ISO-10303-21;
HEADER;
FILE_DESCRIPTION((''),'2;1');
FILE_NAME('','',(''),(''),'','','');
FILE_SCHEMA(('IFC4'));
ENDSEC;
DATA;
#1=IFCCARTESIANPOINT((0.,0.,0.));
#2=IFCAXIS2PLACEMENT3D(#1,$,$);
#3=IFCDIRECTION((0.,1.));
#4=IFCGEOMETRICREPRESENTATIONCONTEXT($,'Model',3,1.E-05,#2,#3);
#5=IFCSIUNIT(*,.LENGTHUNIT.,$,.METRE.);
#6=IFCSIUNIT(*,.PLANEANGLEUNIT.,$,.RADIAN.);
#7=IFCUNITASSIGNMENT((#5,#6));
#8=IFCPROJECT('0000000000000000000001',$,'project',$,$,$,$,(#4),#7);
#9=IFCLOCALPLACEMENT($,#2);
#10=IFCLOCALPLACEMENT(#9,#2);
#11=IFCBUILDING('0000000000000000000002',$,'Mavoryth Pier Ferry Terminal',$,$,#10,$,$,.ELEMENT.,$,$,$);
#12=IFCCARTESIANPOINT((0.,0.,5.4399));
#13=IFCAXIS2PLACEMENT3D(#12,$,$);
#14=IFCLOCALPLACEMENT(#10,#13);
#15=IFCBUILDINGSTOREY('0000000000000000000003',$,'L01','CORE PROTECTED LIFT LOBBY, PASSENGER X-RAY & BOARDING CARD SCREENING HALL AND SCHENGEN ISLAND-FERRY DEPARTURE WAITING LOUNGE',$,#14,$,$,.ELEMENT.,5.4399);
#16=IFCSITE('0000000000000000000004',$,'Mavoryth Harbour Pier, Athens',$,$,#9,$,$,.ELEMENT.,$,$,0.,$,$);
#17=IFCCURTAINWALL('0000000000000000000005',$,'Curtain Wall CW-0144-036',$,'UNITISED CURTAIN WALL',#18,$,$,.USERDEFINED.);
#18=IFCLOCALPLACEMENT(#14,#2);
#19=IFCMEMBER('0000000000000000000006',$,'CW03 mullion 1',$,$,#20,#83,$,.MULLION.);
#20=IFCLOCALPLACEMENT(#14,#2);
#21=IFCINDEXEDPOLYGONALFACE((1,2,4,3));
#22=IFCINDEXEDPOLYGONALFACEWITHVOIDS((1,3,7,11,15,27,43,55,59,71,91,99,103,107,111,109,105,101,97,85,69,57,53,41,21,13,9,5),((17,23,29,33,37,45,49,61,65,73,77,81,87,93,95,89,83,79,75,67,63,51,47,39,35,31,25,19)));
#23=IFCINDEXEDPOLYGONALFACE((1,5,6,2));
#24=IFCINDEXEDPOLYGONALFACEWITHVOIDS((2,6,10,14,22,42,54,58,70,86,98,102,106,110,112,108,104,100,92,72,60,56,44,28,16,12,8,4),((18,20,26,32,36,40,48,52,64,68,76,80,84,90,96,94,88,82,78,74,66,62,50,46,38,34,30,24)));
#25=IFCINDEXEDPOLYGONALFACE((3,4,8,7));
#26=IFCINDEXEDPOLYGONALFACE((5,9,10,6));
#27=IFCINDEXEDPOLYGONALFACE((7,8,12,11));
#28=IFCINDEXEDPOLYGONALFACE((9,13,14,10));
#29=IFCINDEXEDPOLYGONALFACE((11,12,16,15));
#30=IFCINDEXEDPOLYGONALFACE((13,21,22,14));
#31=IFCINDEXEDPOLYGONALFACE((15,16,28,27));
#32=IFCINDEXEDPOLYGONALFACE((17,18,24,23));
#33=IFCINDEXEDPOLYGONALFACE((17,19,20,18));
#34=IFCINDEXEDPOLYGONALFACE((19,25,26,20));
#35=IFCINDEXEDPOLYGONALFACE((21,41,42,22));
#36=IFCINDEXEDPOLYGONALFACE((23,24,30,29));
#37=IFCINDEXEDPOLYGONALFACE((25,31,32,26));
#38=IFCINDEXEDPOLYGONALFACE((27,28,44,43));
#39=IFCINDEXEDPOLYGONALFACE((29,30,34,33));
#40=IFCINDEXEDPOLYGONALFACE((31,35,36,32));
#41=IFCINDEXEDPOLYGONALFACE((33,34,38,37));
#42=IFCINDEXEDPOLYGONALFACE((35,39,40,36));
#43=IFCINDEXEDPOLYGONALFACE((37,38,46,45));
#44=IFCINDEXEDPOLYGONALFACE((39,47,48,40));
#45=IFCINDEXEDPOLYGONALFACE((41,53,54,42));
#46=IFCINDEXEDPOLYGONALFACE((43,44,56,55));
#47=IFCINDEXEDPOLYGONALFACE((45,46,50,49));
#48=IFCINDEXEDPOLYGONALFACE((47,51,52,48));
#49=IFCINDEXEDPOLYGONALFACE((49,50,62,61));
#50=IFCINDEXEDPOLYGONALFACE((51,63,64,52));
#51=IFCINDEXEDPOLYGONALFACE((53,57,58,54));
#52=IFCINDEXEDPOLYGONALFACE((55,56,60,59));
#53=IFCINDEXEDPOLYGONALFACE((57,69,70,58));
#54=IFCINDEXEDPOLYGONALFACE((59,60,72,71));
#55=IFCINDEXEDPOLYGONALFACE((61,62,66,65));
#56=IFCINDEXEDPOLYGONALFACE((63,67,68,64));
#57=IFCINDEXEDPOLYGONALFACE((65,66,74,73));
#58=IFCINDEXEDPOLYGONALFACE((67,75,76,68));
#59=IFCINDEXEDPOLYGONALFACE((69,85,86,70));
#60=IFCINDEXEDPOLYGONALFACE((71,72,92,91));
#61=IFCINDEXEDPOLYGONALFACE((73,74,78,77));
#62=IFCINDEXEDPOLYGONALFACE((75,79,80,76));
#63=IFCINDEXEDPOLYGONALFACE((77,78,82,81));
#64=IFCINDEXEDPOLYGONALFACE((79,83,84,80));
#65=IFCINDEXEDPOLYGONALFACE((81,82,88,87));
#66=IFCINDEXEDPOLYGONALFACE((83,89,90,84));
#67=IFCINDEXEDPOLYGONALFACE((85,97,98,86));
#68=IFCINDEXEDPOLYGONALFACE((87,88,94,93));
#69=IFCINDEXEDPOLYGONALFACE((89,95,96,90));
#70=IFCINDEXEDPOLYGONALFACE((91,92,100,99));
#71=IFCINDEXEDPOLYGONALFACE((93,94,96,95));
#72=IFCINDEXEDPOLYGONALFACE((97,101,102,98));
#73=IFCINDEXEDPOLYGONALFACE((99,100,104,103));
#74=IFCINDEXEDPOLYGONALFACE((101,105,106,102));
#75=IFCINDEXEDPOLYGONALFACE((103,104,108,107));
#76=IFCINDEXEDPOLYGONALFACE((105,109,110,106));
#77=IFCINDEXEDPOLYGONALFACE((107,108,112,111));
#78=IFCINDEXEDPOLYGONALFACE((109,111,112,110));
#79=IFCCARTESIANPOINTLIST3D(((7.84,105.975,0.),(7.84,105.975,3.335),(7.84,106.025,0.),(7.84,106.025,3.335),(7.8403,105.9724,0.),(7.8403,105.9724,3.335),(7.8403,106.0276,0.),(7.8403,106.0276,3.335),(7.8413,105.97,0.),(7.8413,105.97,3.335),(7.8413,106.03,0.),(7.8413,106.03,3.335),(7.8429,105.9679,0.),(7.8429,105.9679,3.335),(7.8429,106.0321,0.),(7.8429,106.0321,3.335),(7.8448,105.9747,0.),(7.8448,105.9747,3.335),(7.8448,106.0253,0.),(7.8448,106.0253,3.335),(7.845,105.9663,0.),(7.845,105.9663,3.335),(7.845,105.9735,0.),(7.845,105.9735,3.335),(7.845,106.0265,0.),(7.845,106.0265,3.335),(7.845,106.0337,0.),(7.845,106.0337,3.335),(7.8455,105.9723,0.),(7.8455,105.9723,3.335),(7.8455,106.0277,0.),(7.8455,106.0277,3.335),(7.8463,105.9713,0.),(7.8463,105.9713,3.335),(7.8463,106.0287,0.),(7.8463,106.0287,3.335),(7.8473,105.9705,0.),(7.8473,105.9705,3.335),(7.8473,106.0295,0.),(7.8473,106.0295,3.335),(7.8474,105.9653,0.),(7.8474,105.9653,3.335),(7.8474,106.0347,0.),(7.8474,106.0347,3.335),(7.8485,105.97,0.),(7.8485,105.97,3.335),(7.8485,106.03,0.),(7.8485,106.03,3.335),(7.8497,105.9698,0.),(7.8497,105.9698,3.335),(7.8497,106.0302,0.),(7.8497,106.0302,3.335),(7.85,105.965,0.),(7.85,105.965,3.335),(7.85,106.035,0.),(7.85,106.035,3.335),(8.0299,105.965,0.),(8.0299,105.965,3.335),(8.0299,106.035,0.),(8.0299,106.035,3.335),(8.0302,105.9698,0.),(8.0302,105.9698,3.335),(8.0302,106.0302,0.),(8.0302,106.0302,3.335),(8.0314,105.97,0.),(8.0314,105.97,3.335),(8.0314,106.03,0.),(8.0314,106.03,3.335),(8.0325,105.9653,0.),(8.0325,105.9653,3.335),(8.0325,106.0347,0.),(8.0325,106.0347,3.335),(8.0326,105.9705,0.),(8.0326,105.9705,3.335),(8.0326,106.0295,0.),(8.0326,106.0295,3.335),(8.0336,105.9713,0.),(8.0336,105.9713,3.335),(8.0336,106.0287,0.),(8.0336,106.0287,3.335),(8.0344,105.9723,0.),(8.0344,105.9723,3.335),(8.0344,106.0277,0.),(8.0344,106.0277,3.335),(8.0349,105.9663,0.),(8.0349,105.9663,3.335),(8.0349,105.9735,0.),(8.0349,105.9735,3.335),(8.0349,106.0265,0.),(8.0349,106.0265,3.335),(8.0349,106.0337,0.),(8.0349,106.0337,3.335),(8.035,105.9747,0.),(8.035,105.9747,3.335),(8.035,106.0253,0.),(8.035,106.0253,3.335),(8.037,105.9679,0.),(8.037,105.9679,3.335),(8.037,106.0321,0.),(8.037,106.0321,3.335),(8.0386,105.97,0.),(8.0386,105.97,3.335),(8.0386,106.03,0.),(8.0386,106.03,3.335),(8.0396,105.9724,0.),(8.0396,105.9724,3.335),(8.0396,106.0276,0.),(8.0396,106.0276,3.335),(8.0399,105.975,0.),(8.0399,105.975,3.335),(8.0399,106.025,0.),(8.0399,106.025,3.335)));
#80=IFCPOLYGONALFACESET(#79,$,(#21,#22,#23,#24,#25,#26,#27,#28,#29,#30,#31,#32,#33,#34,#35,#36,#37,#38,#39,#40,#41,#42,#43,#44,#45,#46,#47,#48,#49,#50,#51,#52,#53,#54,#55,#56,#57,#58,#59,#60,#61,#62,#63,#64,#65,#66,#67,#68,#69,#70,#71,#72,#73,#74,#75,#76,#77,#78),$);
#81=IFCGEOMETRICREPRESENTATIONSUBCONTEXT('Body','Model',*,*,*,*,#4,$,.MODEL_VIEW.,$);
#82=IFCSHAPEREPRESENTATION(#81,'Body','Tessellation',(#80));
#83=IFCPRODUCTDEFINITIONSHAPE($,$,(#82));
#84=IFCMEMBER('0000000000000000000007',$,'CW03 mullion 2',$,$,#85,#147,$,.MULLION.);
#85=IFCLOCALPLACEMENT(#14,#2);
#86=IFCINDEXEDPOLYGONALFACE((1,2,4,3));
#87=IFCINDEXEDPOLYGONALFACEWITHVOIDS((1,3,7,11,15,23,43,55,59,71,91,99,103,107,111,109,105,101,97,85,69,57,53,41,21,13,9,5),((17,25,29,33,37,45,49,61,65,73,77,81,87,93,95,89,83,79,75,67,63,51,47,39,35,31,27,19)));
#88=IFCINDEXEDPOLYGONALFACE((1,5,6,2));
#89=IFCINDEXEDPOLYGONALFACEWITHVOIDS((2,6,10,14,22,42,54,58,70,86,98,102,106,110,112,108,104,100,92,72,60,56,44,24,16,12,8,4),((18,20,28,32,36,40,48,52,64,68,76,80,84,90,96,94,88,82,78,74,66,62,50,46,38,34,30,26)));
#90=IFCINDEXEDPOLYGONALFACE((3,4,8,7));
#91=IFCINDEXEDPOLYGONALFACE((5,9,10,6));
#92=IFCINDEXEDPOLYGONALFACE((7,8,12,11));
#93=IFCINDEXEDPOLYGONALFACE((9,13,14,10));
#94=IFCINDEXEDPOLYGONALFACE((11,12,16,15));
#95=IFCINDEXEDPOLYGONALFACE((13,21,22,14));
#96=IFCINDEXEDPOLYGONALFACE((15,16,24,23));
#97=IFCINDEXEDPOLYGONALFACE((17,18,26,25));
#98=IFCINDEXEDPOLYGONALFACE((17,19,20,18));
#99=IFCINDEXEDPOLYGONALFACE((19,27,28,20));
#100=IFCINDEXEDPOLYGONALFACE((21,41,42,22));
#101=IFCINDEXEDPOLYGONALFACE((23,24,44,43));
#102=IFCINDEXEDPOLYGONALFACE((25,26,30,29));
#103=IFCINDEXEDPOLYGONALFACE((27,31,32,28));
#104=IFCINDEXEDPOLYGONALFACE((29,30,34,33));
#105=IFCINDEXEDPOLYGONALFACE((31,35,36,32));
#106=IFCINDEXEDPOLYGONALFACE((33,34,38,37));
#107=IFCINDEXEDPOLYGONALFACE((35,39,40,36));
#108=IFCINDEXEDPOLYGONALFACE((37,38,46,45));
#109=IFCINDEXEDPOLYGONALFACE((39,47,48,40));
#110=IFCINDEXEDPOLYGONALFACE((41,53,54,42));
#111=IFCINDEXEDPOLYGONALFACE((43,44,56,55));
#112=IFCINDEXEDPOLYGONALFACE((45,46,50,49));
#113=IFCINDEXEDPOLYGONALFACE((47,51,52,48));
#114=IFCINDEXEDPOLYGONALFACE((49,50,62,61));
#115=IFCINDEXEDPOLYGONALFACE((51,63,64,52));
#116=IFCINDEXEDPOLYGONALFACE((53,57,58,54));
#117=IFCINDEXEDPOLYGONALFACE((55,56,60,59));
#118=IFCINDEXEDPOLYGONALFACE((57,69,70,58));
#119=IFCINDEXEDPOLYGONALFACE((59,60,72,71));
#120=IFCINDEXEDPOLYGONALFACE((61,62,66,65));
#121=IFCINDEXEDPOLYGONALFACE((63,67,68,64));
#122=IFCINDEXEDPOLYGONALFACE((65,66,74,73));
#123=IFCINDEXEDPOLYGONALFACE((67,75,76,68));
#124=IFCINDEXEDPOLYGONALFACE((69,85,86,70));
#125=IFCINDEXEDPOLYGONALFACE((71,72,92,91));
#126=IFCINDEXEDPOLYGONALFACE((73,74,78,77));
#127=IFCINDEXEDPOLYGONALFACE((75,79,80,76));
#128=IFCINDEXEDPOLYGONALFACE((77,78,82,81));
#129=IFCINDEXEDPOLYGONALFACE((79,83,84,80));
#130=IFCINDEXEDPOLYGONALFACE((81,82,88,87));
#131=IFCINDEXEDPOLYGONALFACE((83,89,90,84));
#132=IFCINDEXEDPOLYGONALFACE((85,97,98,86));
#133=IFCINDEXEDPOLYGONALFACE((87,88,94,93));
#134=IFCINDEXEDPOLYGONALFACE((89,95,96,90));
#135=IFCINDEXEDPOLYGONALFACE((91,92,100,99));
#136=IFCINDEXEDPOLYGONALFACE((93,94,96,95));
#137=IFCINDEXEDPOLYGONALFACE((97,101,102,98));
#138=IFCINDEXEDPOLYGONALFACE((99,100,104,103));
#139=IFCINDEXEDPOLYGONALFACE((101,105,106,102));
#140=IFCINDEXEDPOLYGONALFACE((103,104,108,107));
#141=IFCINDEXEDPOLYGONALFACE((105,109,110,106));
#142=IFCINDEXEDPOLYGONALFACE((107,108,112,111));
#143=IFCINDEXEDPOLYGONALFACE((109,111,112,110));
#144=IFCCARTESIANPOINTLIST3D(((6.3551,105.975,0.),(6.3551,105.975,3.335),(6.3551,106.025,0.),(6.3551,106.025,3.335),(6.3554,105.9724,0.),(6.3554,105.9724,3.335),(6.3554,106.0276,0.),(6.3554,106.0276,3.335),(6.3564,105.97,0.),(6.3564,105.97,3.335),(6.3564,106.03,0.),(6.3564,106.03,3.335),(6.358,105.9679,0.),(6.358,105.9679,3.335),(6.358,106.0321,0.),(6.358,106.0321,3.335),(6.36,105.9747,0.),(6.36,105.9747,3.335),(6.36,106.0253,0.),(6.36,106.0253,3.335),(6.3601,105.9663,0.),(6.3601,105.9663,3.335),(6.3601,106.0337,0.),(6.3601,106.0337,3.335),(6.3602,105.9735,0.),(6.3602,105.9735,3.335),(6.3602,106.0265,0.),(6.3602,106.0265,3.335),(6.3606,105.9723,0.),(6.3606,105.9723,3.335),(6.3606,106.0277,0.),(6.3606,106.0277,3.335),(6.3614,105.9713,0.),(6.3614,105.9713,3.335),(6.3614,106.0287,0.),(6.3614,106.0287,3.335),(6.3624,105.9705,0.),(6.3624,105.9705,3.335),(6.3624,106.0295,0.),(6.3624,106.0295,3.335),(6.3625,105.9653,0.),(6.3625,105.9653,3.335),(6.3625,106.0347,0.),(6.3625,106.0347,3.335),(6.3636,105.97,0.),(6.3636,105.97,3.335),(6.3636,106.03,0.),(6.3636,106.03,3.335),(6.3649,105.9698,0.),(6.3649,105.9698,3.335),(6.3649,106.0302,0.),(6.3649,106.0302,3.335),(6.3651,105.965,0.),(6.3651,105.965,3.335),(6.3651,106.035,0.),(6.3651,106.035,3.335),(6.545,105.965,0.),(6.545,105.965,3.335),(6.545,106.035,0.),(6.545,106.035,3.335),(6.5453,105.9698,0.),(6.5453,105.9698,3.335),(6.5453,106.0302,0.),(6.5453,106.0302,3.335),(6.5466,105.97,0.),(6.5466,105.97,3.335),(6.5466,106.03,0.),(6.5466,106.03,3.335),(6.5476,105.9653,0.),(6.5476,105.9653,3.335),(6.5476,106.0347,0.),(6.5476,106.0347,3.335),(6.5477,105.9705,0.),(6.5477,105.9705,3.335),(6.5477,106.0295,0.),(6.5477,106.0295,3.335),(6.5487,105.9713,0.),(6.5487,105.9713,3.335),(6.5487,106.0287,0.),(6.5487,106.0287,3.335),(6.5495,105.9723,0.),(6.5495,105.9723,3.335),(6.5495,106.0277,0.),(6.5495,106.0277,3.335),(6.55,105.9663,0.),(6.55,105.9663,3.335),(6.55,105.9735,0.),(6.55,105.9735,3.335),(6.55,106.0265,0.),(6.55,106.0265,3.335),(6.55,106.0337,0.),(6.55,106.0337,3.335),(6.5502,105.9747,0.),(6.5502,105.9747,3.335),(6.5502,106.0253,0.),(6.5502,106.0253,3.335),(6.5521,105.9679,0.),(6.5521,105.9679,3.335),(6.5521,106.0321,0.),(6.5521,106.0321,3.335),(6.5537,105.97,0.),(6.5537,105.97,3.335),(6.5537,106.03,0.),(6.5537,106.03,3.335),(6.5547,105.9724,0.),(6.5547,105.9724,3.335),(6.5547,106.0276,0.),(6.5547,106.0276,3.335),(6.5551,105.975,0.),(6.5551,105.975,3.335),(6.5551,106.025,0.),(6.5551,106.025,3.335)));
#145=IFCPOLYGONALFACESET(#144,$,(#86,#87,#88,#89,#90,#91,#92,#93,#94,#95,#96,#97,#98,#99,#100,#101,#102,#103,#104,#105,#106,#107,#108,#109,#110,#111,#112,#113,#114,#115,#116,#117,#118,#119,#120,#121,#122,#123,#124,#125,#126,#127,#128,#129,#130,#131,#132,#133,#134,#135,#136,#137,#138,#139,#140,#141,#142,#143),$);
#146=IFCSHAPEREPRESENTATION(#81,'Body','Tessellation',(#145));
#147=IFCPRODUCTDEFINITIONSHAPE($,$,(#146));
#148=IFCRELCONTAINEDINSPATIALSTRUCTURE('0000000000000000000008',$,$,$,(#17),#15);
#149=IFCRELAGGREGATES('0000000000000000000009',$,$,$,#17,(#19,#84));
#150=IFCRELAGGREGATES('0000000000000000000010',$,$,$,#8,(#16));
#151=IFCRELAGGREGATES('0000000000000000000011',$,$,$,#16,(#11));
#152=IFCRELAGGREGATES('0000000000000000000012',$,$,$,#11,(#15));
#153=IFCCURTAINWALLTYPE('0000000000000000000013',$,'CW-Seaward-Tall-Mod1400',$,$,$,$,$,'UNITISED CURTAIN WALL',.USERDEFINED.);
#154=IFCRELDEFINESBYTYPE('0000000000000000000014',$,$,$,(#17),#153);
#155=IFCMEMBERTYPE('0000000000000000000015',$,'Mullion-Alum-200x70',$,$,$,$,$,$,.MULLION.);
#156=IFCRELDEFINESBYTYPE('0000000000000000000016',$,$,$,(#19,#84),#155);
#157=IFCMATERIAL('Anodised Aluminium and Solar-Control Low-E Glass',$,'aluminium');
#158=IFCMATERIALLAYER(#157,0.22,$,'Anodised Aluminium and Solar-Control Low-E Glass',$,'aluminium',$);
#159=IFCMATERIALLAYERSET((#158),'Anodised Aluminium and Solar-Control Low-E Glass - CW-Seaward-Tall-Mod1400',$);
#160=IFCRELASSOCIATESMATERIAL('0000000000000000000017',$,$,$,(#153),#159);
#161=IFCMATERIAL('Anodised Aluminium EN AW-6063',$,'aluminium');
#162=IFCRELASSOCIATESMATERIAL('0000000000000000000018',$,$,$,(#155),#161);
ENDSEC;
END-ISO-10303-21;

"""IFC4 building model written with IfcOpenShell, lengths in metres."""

from ifc_helpers import new_model, si_unit, direction, frame, origin, origin_2d, place, context, subcontext, project, spatial, hollow_rectangle, extrude, material, layer, layer_set, material_profile, profile_set, type_object, element, aggregate, save


model = new_model("IFC4")

# Units and contexts
model_context = context("Model", 3, precision=1e-05, world=origin(), true_north=direction((0.0, 1.0)))
body_context = subcontext(model_context, "Body", "Model", "MODEL_VIEW")
ifc_project = project(units=[si_unit("LENGTHUNIT", "METRE"), si_unit("PLANEANGLEUNIT", "RADIAN")], contexts=[model_context])

# Site, building, storey
site_placement = place(None, origin())
site = spatial("IfcSite", under=ifc_project, at=site_placement, Name="Mavoryth Harbour Pier, Athens", CompositionType="ELEMENT", RefElevation=0.0)
building_placement = place(site_placement, origin())
building = spatial("IfcBuilding", under=site, at=building_placement, Name="Mavoryth Pier Ferry Terminal", CompositionType="ELEMENT")
storey_placement = place(building_placement, frame((0.0, 0.0, 5.4399)))
storey = spatial("IfcBuildingStorey", under=building, at=storey_placement, Name="L01", Description="CORE PROTECTED LIFT LOBBY, PASSENGER X-RAY & BOARDING CARD SCREENING HALL AND SCHENGEN ISLAND-FERRY DEPARTURE WAITING LOUNGE", CompositionType="ELEMENT", Elevation=5.4399)

# Curtain wall, members
ifc_material_1 = material(Name="Anodised Aluminium and Solar-Control Low-E Glass", Category="aluminium")
ifc_layer_1 = layer(ifc_material_1, 0.22, Name="Anodised Aluminium and Solar-Control Low-E Glass", Category="aluminium")
ifc_layer_set_1 = layer_set([ifc_layer_1], Name="Anodised Aluminium and Solar-Control Low-E Glass - CW-Seaward-Tall-Mod1400")
curtain_wall_type = type_object("IfcCurtainWallType", Name="CW-Seaward-Tall-Mod1400", ElementType="UNITISED CURTAIN WALL", PredefinedType="USERDEFINED", material=ifc_layer_set_1)
curtain_wall_1_placement = place(storey_placement, origin())
curtain_wall_1 = element("IfcCurtainWall", 1, at=curtain_wall_1_placement, inside=storey, type_object=curtain_wall_type, Name="Curtain Wall CW-0144-036", ObjectType="UNITISED CURTAIN WALL", PredefinedType="USERDEFINED")
ifc_material_2 = material(Name="Anodised Aluminium EN AW-6063", Category="aluminium")
ifc_material_profile_1 = material_profile(ifc_material_2, hollow_rectangle(XDim=0.0701, YDim=0.2, WallThickness=0.0049, InnerFilletRadius=0.0049, OuterFilletRadius=0.01, at=origin_2d()), Name="AL-MULL 200x70x5", Category="aluminium")
ifc_profile_set_1 = profile_set([ifc_material_profile_1], Name="Anodised Aluminium EN AW-6063 - AL-MULL 200x70x5")
member_type_1 = type_object("IfcMemberType", Name="Mullion-Alum-200x70", PredefinedType="MULLION", material=ifc_profile_set_1)
member_1_placement = place(storey_placement, frame((7.9399, 106.0, 0.0), z_axis=(0.0, 0.0, 1.0), x_axis=(0.0, -1.0, 0.0)))
member_1 = element("IfcMember", 2, at=member_1_placement, type_object=member_type_1, Name="CW03 mullion 1", PredefinedType="MULLION", context=body_context, shape_type="SweptSolid", body=[
    extrude(hollow_rectangle(XDim=0.0701, YDim=0.2, WallThickness=0.0049, InnerFilletRadius=0.0049, OuterFilletRadius=0.01, at=origin_2d()), origin(), (0.0, 0.0, 1.0), 3.335),
])
member_2_placement = place(storey_placement, frame((6.4551, 106.0, 0.0), z_axis=(0.0, 0.0, 1.0), x_axis=(0.0, -1.0, 0.0)))
member_2 = element("IfcMember", 3, at=member_2_placement, type_object=member_type_1, Name="CW03 mullion 2", PredefinedType="MULLION", context=body_context, shape_type="SweptSolid", body=[
    extrude(hollow_rectangle(XDim=0.0701, YDim=0.2, WallThickness=0.0049, InnerFilletRadius=0.0049, OuterFilletRadius=0.01, at=origin_2d()), origin(), (0.0, 0.0, 1.0), 3.335),
])

aggregate(curtain_wall_1, [member_1, member_2])

save(model, "model.ifc")
